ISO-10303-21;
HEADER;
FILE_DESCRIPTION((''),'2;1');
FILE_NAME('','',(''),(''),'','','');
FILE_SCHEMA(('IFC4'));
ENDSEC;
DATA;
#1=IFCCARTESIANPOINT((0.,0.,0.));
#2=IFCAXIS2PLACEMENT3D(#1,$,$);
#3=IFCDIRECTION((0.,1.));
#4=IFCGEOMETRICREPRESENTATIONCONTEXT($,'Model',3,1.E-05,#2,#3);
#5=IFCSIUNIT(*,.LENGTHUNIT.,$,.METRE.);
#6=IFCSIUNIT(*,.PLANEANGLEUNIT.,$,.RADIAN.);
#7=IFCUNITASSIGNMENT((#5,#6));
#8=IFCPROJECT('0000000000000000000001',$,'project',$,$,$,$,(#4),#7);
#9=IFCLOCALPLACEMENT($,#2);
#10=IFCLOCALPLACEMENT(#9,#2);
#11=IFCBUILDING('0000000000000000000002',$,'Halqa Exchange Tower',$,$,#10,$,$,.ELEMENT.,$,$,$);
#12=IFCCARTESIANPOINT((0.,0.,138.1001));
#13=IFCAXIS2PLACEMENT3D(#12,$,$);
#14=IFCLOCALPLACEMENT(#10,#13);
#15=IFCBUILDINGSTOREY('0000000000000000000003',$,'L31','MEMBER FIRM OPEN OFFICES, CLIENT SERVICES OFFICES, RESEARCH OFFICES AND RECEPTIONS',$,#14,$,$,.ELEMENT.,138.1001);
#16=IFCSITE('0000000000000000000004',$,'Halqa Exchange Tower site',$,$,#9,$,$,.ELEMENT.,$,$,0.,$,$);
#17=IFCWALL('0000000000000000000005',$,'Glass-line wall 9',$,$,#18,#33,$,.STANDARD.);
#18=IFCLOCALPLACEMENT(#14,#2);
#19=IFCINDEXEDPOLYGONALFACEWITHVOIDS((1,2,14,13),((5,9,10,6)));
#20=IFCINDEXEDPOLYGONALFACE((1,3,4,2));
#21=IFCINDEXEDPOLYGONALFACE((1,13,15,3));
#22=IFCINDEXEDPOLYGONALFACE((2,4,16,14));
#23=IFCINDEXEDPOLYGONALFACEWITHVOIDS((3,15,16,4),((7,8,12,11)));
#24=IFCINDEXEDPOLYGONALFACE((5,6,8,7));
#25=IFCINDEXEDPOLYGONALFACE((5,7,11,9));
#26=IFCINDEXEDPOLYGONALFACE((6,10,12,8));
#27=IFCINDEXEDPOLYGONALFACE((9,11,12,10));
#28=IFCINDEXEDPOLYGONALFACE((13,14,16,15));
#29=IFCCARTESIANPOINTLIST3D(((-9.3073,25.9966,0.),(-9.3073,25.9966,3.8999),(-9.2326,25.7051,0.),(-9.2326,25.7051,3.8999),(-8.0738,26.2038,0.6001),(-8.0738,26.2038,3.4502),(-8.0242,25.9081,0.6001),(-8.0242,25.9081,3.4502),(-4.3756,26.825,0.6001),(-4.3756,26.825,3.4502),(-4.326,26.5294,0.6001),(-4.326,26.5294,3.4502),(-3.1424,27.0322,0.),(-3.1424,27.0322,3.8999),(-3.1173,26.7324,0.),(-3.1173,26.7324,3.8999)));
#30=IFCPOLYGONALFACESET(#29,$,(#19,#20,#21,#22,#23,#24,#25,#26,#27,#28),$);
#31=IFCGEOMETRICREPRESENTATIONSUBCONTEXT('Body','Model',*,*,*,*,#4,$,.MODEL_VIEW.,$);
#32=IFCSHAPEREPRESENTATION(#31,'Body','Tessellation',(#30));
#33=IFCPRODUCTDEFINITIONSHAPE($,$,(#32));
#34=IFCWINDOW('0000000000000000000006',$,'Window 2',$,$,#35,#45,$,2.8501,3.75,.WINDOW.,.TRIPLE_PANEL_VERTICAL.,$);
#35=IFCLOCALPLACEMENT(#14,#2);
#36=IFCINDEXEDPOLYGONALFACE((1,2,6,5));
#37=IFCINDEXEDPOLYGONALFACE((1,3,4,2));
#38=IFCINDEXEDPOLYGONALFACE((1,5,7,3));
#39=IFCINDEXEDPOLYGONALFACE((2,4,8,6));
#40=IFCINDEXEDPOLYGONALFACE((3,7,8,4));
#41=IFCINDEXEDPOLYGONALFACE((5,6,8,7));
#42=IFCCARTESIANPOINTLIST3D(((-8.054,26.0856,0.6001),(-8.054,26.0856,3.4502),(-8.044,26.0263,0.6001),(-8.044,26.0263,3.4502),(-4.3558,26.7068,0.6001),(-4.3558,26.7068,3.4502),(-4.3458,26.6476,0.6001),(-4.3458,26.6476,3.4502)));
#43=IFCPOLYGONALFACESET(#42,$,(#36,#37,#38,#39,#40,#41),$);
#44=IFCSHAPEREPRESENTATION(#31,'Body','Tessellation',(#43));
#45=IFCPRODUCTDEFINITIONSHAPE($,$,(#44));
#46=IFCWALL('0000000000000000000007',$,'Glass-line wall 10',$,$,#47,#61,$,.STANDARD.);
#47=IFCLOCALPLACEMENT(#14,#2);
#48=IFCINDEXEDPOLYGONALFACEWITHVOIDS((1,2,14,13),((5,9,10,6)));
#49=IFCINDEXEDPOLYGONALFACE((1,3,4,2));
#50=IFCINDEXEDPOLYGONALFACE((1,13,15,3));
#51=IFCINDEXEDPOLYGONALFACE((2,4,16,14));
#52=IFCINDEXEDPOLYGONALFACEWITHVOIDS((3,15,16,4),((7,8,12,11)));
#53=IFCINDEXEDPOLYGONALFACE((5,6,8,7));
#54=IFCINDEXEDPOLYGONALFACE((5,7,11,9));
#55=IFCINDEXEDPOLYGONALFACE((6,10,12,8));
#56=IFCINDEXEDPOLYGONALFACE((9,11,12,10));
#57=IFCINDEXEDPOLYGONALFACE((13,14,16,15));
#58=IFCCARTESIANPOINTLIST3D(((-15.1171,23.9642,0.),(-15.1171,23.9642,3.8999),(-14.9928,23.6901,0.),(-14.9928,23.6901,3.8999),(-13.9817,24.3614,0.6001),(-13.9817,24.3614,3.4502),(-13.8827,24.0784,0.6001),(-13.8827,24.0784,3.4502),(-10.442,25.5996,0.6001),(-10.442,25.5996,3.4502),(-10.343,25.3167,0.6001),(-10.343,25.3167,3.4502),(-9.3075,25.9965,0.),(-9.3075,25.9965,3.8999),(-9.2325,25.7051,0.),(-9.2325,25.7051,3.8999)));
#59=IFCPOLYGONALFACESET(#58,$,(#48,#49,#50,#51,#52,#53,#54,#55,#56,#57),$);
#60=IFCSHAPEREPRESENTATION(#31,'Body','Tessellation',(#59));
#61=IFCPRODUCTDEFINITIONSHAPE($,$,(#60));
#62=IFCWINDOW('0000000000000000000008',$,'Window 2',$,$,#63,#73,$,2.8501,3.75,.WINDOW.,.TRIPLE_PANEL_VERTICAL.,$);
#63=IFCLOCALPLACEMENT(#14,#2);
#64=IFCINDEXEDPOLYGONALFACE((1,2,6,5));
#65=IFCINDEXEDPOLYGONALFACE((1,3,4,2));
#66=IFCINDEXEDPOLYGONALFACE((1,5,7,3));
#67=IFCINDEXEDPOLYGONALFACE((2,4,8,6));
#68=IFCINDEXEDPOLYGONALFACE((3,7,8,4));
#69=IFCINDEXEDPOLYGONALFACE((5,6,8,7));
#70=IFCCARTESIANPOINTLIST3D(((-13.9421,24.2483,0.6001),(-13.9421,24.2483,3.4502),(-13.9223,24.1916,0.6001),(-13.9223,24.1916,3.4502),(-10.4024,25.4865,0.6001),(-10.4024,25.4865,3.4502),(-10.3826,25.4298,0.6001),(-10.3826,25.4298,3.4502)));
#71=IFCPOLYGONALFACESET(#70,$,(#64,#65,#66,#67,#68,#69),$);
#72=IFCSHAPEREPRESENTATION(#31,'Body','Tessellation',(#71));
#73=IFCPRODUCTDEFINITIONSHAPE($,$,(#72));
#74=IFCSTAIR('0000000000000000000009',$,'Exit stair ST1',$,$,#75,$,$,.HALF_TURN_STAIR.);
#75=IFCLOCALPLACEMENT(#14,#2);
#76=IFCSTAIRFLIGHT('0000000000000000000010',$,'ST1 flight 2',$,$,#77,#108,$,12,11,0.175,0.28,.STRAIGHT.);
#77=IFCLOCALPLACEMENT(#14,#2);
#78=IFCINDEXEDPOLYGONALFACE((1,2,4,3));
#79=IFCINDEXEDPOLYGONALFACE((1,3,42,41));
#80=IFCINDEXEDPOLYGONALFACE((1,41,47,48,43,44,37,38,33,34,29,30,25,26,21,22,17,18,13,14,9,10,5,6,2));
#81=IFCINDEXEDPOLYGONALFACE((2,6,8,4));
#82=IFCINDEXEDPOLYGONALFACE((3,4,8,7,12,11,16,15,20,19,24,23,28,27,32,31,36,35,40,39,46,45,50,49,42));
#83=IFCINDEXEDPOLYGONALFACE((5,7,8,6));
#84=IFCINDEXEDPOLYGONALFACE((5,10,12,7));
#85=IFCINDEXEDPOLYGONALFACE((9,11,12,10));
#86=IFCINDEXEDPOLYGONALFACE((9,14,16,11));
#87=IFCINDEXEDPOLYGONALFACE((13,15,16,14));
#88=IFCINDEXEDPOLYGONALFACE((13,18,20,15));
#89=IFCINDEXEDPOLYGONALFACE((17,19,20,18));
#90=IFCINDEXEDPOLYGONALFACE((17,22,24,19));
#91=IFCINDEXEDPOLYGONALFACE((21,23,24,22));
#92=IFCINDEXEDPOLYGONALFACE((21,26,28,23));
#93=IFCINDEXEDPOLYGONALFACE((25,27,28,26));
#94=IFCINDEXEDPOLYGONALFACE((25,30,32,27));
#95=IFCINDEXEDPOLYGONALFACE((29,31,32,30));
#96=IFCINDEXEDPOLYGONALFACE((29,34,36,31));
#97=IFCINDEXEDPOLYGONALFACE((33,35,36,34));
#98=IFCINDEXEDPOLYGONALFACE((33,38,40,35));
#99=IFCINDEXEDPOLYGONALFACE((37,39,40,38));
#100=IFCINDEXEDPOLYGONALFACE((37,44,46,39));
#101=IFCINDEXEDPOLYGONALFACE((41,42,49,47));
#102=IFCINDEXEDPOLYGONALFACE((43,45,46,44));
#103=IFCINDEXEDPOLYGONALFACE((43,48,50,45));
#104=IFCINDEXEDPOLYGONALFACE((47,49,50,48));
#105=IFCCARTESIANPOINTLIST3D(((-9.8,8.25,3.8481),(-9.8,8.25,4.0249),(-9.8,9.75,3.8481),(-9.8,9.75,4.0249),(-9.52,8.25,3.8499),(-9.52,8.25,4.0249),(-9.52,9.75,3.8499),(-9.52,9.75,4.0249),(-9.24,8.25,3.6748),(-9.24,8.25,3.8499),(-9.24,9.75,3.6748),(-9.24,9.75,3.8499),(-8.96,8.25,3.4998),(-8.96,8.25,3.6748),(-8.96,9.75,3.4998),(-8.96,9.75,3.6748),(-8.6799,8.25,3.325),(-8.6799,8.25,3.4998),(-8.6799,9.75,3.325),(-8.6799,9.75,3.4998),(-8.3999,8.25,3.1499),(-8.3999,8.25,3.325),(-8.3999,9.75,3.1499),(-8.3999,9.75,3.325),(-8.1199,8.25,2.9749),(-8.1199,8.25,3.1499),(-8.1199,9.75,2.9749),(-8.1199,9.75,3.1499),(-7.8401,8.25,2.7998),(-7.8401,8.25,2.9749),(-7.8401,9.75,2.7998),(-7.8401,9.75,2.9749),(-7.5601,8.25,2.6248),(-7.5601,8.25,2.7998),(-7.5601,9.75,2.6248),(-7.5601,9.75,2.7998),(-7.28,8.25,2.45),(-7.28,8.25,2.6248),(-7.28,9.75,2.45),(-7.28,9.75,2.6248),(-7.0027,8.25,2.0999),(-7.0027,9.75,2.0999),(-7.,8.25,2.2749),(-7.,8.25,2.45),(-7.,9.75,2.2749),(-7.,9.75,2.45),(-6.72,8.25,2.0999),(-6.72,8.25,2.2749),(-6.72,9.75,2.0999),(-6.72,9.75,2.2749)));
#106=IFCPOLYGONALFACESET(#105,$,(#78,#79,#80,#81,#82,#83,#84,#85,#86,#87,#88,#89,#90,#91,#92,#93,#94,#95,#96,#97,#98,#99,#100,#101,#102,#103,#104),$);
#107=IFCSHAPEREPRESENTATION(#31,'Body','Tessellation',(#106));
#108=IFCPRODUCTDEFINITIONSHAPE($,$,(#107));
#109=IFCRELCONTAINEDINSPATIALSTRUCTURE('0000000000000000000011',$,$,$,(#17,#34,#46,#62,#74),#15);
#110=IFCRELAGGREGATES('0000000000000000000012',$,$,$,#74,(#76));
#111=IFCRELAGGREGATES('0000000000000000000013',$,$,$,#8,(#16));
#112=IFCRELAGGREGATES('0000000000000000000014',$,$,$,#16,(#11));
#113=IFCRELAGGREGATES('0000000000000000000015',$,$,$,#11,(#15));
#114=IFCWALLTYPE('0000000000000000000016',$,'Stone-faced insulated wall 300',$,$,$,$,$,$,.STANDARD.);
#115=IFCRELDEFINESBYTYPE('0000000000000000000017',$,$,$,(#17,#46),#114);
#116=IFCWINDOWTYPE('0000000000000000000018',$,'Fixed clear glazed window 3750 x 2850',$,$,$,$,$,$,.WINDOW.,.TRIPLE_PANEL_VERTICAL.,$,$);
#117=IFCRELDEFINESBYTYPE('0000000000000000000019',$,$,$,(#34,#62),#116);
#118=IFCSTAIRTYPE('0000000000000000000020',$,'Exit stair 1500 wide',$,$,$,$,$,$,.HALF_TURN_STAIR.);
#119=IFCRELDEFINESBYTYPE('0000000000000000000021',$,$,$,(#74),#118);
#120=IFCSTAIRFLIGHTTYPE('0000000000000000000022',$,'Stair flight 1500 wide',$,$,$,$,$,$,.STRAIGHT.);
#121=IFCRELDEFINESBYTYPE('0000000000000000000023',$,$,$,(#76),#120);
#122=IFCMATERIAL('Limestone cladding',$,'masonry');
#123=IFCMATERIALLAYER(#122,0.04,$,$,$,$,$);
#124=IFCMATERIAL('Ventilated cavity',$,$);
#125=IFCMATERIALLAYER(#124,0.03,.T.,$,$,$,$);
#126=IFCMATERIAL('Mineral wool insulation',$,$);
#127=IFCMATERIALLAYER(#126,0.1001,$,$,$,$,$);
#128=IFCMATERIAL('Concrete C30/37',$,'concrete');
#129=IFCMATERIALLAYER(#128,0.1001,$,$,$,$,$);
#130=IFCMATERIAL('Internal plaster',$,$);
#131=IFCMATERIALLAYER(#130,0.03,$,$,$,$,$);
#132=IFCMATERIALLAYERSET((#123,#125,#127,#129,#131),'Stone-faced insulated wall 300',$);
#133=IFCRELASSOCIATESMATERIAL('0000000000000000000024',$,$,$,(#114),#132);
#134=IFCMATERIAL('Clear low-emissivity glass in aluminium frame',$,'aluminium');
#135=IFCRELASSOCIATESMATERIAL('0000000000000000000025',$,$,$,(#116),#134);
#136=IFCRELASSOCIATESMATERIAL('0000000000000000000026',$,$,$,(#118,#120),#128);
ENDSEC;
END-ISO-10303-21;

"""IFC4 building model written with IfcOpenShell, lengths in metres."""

from ifc_helpers import new_model, si_unit, direction, frame, frame_2d, origin, place, context, subcontext, project, spatial, polyline, rectangle, outline, extrude, material, layer, layer_set, type_object, element, fill, aggregate, save


model = new_model("IFC4")

# Units and contexts
model_context = context("Model", 3, precision=1e-05, world=origin(), true_north=direction((0.0, 1.0)))
body_context = subcontext(model_context, "Body", "Model", "MODEL_VIEW")
ifc_project = project(units=[si_unit("LENGTHUNIT", "METRE"), si_unit("PLANEANGLEUNIT", "RADIAN")], contexts=[model_context])

# Site, building, storey
site_placement = place(None, origin())
site = spatial("IfcSite", under=ifc_project, at=site_placement, Name="Halqa Exchange Tower site", CompositionType="ELEMENT", RefElevation=0.0)
building_placement = place(site_placement, origin())
building = spatial("IfcBuilding", under=site, at=building_placement, Name="Halqa Exchange Tower", CompositionType="ELEMENT")
storey_placement = place(building_placement, frame((0.0, 0.0, 138.1001)))
storey = spatial("IfcBuildingStorey", under=building, at=storey_placement, Name="L31", Description="MEMBER FIRM OPEN OFFICES, CLIENT SERVICES OFFICES, RESEARCH OFFICES AND RECEPTIONS", CompositionType="ELEMENT", Elevation=138.1001)

# Shared definitions
ifc_material_1 = material(Name="Concrete C30/37", Category="concrete")

# Walls, openings, windows
ifc_material_2 = material(Name="Limestone cladding", Category="masonry")
ifc_layer_1 = layer(ifc_material_2, 0.04)
ifc_material_3 = material(Name="Ventilated cavity")
ifc_layer_2 = layer(ifc_material_3, 0.03, ventilated=True)
ifc_material_4 = material(Name="Mineral wool insulation")
ifc_layer_3 = layer(ifc_material_4, 0.1001)
ifc_layer_4 = layer(ifc_material_1, 0.1001)
ifc_material_5 = material(Name="Internal plaster")
ifc_layer_5 = layer(ifc_material_5, 0.03)
ifc_layer_set_1 = layer_set([ifc_layer_1, ifc_layer_2, ifc_layer_3, ifc_layer_4, ifc_layer_5], Name="Stone-faced insulated wall 300")
wall_type_1 = type_object("IfcWallType", Name="Stone-faced insulated wall 300", PredefinedType="STANDARD", material=ifc_layer_set_1)
wall_1_placement = place(storey_placement, frame((-3.1299, 26.8823, 0.0), z_axis=(0.0, 0.0, 1.0), x_axis=(-0.986181, -0.165671, 0.0)))
wall_1 = element("IfcWall", 1, at=wall_1_placement, inside=storey, type_object=wall_type_1, Name="Glass-line wall 9", PredefinedType="STANDARD", context=body_context, shape_type="SweptSolid", body=[
    extrude(outline(polyline([(-0.0125, -0.1499), (6.2388, -0.1499), (6.2134, 0.1499), (0.0125, 0.1499), (-0.0125, -0.1499)])), origin(), (0.0, 0.0, 1.0), 3.8999),
])
opening_1_placement = place(wall_1_placement, frame((1.238, 0.0, 0.6001)))
opening_1 = element("IfcOpeningElement", 2, at=opening_1_placement, cuts=wall_1, PredefinedType="OPENING", context=body_context, shape_type="SweptSolid", body=[
    extrude(rectangle(XDim=3.75, YDim=2.8501, at=frame_2d((1.875, 1.425))), frame((0.0, 0.1621, 0.0), z_axis=(0.0, -1.0, 0.0), x_axis=(1.0, 0.0, 0.0)), (0.0, 0.0, 1.0), 0.324),
])
ifc_material_6 = material(Name="Clear low-emissivity glass in aluminium frame", Category="aluminium")
window_type = type_object("IfcWindowType", Name="Fixed clear glazed window 3750 x 2850", PartitioningType="TRIPLE_PANEL_VERTICAL", PredefinedType="WINDOW", material=ifc_material_6)
window_1_placement = place(opening_1_placement, origin())
window_1 = element("IfcWindow", 3, at=window_1_placement, inside=storey, type_object=window_type, Name="Window 2", OverallHeight=2.8501, OverallWidth=3.75, PartitioningType="TRIPLE_PANEL_VERTICAL", PredefinedType="WINDOW", context=body_context, shape_type="SweptSolid", body=[
    extrude(rectangle(XDim=3.75, YDim=2.8501, at=frame_2d((1.875, 1.425))), frame((0.0, 0.03, 0.0), z_axis=(0.0, -1.0, 0.0), x_axis=(1.0, 0.0, 0.0)), (0.0, 0.0, 1.0), 0.0601),
])
fill(opening_1, window_1)
wall_2_placement = place(storey_placement, frame((-9.27, 25.8508, 0.0), z_axis=(0.0, 0.0, 1.0), x_axis=(-0.943911, -0.3302, 0.0)))
wall_2 = element("IfcWall", 4, at=wall_2_placement, inside=storey, type_object=wall_type_1, Name="Glass-line wall 10", PredefinedType="STANDARD", context=body_context, shape_type="SweptSolid", body=[
    extrude(outline(polyline([(-0.0127, -0.1499), (6.1421, -0.1499), (6.1152, 0.1499), (0.0127, 0.1499), (-0.0127, -0.1499)])), origin(), (0.0, 0.0, 1.0), 3.8999),
])
opening_2_placement = place(wall_2_placement, frame((1.1892, 0.0, 0.6001)))
opening_2 = element("IfcOpeningElement", 5, at=opening_2_placement, cuts=wall_2, PredefinedType="OPENING", context=body_context, shape_type="SweptSolid", body=[
    extrude(rectangle(XDim=3.75, YDim=2.8501, at=frame_2d((1.875, 1.425))), frame((0.0, 0.1621, 0.0), z_axis=(0.0, -1.0, 0.0), x_axis=(1.0, 0.0, 0.0)), (0.0, 0.0, 1.0), 0.324),
])
window_2_placement = place(opening_2_placement, origin())
window_2 = element("IfcWindow", 6, at=window_2_placement, inside=storey, type_object=window_type, Name="Window 2", OverallHeight=2.8501, OverallWidth=3.75, PartitioningType="TRIPLE_PANEL_VERTICAL", PredefinedType="WINDOW", context=body_context, shape_type="SweptSolid", body=[
    extrude(rectangle(XDim=3.75, YDim=2.8501, at=frame_2d((1.875, 1.425))), frame((0.0, 0.03, 0.0), z_axis=(0.0, -1.0, 0.0), x_axis=(1.0, 0.0, 0.0)), (0.0, 0.0, 1.0), 0.0601),
])
fill(opening_2, window_2)

# Stair, stair flight
stair_type = type_object("IfcStairType", Name="Exit stair 1500 wide", PredefinedType="HALF_TURN_STAIR", material=ifc_material_1)
stair_placement = place(storey_placement, origin())
stair = element("IfcStair", 7, at=stair_placement, inside=storey, type_object=stair_type, Name="Exit stair ST1", PredefinedType="HALF_TURN_STAIR")
stair_flight_type = type_object("IfcStairFlightType", Name="Stair flight 1500 wide", PredefinedType="STRAIGHT", material=ifc_material_1)
stair_flight_placement = place(storey_placement, frame((-6.72, 9.0, 2.0999), z_axis=(0.0, 0.0, 1.0), x_axis=(-1.0, 0.0, 0.0)))
stair_flight = element("IfcStairFlight", 8, at=stair_flight_placement, type_object=stair_flight_type, Name="ST1 flight 2", NumberOfRisers=12, NumberOfTreads=11, PredefinedType="STRAIGHT", RiserHeight=0.175, TreadLength=0.28, context=body_context, shape_type="SweptSolid", body=[
    extrude(outline(polyline([(0.0, 0.0), (0.0, 0.175), (0.28, 0.175), (0.28, 0.3501), (0.5601, 0.3501), (0.5601, 0.5249), (0.8401, 0.5249), (0.8401, 0.7), (1.1201, 0.7), (1.1201, 0.875), (1.3999, 0.875), (1.3999, 1.05), (1.6799, 1.05), (1.6799, 1.2251), (1.96, 1.2251), (1.96, 1.3999), (2.24, 1.3999), (2.24, 1.575), (2.52, 1.575), (2.52, 1.75), (2.8, 1.75), (2.8, 1.925), (3.0801, 1.925), (3.0801, 2.1001), (3.0801, 1.7483), (0.2827, 0.0), (0.0, 0.0)])), frame((0.0, 0.75, 0.0), z_axis=(0.0, -1.0, 0.0), x_axis=(1.0, 0.0, 0.0)), (0.0, 0.0, 1.0), 1.5),
])
aggregate(stair, [stair_flight])

save(model, "model.ifc")
